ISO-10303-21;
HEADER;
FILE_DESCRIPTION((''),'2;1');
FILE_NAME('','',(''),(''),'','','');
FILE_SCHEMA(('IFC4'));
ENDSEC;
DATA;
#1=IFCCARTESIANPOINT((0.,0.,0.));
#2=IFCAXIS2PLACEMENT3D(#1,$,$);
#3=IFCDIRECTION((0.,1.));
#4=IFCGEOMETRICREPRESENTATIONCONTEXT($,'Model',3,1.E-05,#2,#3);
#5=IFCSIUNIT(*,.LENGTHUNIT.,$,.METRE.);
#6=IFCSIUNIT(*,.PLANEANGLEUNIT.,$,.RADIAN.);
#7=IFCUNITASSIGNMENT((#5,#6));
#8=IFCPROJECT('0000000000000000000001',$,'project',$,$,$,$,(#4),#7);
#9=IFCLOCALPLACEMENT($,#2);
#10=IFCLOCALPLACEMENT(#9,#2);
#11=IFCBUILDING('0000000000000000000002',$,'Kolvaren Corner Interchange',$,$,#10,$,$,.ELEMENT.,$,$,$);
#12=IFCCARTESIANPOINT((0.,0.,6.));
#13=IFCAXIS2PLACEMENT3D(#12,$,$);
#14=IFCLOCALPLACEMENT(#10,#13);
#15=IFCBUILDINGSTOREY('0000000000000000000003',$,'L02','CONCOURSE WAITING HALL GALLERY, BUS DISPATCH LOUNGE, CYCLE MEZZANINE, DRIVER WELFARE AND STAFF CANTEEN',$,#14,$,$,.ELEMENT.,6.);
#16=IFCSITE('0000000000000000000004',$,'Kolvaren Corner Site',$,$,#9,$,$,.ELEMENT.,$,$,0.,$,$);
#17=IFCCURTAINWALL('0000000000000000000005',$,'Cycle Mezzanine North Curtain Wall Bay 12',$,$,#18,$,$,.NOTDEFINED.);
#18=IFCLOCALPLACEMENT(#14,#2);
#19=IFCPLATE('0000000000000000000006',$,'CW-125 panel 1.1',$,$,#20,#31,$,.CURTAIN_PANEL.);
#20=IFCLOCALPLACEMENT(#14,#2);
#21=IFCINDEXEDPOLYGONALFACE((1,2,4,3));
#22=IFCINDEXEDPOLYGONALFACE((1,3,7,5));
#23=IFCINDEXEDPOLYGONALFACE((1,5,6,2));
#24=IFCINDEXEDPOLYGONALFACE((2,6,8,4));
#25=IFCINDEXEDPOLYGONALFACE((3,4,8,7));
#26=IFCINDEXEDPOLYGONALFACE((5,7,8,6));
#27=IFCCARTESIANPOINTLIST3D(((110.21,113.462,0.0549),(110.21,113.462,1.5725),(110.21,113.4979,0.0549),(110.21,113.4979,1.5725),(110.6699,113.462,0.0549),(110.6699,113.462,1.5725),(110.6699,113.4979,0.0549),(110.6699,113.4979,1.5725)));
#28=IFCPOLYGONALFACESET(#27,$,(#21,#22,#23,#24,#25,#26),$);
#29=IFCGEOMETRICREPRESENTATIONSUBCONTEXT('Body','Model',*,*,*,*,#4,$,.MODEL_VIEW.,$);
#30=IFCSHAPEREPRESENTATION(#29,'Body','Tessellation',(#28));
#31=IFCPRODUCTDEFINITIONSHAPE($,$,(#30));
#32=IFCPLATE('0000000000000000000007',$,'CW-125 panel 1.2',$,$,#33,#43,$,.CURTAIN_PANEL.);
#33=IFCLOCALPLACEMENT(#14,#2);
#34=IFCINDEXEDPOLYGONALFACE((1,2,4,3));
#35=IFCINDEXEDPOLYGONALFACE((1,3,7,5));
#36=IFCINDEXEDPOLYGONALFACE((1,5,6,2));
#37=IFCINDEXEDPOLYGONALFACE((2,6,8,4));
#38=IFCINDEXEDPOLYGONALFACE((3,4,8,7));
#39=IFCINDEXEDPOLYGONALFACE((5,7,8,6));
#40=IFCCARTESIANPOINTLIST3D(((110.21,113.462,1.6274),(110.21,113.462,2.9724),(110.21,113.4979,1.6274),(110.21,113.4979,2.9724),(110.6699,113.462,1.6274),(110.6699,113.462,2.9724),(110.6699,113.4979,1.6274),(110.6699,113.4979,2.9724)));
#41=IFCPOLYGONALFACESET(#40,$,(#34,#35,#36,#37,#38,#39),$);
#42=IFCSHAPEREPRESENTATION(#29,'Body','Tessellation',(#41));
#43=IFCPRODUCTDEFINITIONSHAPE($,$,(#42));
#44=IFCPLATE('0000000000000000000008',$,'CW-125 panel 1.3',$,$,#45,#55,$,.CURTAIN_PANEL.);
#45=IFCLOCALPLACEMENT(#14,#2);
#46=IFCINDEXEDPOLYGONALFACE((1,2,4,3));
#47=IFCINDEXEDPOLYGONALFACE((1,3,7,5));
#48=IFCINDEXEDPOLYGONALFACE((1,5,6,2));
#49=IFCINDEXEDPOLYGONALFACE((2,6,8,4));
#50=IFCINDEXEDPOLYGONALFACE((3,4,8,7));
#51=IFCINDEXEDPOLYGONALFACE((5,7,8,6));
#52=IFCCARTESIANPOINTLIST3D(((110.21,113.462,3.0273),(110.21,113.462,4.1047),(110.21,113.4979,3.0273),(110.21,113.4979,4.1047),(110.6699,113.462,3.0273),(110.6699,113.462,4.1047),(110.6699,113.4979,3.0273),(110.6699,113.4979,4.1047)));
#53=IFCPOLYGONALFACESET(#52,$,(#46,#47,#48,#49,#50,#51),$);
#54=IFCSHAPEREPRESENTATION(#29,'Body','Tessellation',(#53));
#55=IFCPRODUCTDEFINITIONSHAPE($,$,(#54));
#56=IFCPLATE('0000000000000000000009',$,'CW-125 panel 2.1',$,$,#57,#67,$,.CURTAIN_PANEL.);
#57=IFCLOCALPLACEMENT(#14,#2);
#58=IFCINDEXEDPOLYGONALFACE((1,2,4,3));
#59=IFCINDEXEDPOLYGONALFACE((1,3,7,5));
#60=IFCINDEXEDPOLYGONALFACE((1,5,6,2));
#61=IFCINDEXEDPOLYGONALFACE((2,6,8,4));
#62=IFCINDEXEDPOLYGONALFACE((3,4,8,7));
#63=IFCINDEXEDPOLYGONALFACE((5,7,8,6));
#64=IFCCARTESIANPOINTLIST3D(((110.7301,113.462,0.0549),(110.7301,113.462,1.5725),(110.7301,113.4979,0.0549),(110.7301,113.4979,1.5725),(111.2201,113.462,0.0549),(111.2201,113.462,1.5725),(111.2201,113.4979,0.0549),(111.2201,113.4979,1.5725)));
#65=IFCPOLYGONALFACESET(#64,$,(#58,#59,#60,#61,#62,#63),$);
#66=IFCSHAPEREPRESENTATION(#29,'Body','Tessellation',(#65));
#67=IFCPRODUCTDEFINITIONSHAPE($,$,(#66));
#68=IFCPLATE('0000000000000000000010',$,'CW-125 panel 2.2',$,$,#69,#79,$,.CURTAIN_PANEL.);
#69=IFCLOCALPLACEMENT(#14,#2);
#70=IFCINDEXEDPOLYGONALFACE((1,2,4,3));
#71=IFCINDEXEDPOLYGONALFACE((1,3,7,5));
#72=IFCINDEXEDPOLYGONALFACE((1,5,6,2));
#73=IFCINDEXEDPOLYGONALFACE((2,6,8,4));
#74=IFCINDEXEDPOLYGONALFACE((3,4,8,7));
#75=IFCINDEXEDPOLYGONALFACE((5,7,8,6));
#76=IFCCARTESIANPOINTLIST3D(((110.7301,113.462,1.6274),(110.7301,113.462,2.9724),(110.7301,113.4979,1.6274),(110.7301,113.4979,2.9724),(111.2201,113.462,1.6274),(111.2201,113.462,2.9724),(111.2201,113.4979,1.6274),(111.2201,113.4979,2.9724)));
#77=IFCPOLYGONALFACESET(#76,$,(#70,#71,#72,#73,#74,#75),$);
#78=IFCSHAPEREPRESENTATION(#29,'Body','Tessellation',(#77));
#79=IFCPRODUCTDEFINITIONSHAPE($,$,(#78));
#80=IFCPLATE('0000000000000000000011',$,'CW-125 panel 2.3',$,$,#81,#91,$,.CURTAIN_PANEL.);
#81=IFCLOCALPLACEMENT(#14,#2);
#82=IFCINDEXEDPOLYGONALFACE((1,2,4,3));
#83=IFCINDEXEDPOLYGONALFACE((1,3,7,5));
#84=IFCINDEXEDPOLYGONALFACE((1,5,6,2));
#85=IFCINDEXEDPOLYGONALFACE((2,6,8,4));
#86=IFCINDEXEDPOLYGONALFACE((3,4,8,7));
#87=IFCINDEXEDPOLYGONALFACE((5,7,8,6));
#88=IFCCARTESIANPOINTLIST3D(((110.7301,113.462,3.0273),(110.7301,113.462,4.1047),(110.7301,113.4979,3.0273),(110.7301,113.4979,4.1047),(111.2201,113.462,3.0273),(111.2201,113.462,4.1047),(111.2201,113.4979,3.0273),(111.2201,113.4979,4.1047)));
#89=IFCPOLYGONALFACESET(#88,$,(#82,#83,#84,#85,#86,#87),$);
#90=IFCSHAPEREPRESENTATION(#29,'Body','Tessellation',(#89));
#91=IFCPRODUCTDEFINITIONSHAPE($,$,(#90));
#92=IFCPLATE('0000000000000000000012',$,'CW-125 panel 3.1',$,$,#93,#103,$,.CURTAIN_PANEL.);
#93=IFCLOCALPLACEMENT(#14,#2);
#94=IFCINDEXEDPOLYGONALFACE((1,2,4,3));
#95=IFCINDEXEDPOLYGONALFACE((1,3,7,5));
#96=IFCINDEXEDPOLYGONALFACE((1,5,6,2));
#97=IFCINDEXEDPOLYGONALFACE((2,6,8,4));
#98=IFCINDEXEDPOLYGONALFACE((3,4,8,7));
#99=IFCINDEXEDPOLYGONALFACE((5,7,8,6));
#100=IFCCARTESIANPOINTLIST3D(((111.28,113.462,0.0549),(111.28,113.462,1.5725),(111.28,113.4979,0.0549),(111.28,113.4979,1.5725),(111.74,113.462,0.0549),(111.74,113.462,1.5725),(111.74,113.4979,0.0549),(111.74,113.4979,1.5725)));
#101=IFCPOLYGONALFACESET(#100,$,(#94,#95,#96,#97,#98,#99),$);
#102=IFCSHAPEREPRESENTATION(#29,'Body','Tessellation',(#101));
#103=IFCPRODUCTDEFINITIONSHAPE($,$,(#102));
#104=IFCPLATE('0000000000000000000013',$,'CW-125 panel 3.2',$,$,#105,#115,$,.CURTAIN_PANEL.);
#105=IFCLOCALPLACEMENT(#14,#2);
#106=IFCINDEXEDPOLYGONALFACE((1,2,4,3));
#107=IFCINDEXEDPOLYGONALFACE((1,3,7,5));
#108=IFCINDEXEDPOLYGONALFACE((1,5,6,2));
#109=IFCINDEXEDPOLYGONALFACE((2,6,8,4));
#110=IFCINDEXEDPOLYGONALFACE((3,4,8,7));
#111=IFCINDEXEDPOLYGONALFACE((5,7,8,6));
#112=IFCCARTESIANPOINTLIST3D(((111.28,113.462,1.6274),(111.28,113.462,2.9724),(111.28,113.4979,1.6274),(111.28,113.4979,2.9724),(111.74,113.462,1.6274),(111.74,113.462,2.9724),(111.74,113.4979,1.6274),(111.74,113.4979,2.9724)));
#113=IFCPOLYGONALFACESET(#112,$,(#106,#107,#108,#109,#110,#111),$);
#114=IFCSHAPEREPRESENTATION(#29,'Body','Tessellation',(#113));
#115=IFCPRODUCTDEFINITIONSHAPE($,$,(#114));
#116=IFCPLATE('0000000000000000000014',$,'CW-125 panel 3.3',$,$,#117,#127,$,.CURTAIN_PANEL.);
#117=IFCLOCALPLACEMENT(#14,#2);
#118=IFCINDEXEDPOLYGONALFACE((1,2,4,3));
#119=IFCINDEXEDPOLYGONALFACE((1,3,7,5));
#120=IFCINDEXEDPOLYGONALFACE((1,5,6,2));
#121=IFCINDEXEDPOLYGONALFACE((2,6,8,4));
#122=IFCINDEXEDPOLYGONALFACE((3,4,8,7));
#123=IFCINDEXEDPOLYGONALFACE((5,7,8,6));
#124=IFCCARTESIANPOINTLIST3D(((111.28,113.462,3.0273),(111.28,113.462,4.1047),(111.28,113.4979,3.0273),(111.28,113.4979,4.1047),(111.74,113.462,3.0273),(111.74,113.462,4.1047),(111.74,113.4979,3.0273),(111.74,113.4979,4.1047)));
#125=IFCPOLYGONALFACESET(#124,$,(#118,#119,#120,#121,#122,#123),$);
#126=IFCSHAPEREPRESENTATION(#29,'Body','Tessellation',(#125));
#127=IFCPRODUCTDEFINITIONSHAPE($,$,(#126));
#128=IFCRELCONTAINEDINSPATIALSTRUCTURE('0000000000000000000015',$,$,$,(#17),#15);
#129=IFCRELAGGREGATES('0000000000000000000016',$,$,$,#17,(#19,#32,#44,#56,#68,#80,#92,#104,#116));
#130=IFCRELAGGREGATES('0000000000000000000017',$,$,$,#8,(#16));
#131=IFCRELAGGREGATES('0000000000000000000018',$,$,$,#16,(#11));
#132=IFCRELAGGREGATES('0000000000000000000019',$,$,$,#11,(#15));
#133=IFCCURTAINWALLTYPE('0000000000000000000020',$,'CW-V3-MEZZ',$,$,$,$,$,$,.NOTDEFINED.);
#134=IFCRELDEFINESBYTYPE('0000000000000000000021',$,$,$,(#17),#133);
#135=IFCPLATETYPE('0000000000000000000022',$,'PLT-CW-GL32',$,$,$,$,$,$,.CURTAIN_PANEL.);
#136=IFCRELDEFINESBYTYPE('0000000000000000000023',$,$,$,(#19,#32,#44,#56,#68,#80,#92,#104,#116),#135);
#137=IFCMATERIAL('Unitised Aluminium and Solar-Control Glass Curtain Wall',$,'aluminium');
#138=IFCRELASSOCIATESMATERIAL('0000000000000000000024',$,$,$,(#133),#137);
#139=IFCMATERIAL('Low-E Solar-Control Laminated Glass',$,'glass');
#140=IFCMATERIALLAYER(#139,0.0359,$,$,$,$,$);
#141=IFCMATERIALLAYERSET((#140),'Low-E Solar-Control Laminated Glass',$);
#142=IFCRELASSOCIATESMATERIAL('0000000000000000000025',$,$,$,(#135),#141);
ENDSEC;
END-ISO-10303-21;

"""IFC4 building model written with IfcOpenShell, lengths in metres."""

from ifc_helpers import new_model, si_unit, direction, frame, origin, origin_2d, place, context, subcontext, project, spatial, rectangle, extrude, material, layer, layer_set, type_object, element, aggregate, save


model = new_model("IFC4")

# Units and contexts
model_context = context("Model", 3, precision=1e-05, world=origin(), true_north=direction((0.0, 1.0)))
body_context = subcontext(model_context, "Body", "Model", "MODEL_VIEW")
ifc_project = project(units=[si_unit("LENGTHUNIT", "METRE"), si_unit("PLANEANGLEUNIT", "RADIAN")], contexts=[model_context])

# Site, building, storey
site_placement = place(None, origin())
site = spatial("IfcSite", under=ifc_project, at=site_placement, Name="Kolvaren Corner Site", CompositionType="ELEMENT", RefElevation=0.0)
building_placement = place(site_placement, origin())
building = spatial("IfcBuilding", under=site, at=building_placement, Name="Kolvaren Corner Interchange", CompositionType="ELEMENT")
storey_placement = place(building_placement, frame((0.0, 0.0, 6.0)))
storey = spatial("IfcBuildingStorey", under=building, at=storey_placement, Name="L02", Description="CONCOURSE WAITING HALL GALLERY, BUS DISPATCH LOUNGE, CYCLE MEZZANINE, DRIVER WELFARE AND STAFF CANTEEN", CompositionType="ELEMENT", Elevation=6.0)

# Curtain wall, plates
ifc_material_1 = material(Name="Unitised Aluminium and Solar-Control Glass Curtain Wall", Category="aluminium")
curtain_wall_type = type_object("IfcCurtainWallType", Name="CW-V3-MEZZ", PredefinedType="NOTDEFINED", material=ifc_material_1)
curtain_wall_placement = place(storey_placement, origin())
curtain_wall = element("IfcCurtainWall", 1, at=curtain_wall_placement, inside=storey, type_object=curtain_wall_type, Name="Cycle Mezzanine North Curtain Wall Bay 12", PredefinedType="NOTDEFINED")
ifc_material_2 = material(Name="Low-E Solar-Control Laminated Glass", Category="glass")
ifc_layer_1 = layer(ifc_material_2, 0.0359)
ifc_layer_set_1 = layer_set([ifc_layer_1], Name="Low-E Solar-Control Laminated Glass")
plate_type = type_object("IfcPlateType", Name="PLT-CW-GL32", PredefinedType="CURTAIN_PANEL", material=ifc_layer_set_1)
plate_1_placement = place(storey_placement, frame((110.4399, 113.48, 0.0549), z_axis=(0.0, 0.0, 1.0), x_axis=(1.0, 0.0, 0.0)))
plate_1 = element("IfcPlate", 2, at=plate_1_placement, type_object=plate_type, Name="CW-125 panel 1.1", PredefinedType="CURTAIN_PANEL", context=body_context, shape_type="SweptSolid", body=[
    extrude(rectangle(XDim=0.46, YDim=0.0359, at=origin_2d()), origin(), (0.0, 0.0, 1.0), 1.5176),
])
plate_2_placement = place(storey_placement, frame((110.4399, 113.48, 1.6274), z_axis=(0.0, 0.0, 1.0), x_axis=(1.0, 0.0, 0.0)))
plate_2 = element("IfcPlate", 3, at=plate_2_placement, type_object=plate_type, Name="CW-125 panel 1.2", PredefinedType="CURTAIN_PANEL", context=body_context, shape_type="SweptSolid", body=[
    extrude(rectangle(XDim=0.46, YDim=0.0359, at=origin_2d()), origin(), (0.0, 0.0, 1.0), 1.345),
])
plate_3_placement = place(storey_placement, frame((110.4399, 113.48, 3.0273), z_axis=(0.0, 0.0, 1.0), x_axis=(1.0, 0.0, 0.0)))
plate_3 = element("IfcPlate", 4, at=plate_3_placement, type_object=plate_type, Name="CW-125 panel 1.3", PredefinedType="CURTAIN_PANEL", context=body_context, shape_type="SweptSolid", body=[
    extrude(rectangle(XDim=0.46, YDim=0.0359, at=origin_2d()), origin(), (0.0, 0.0, 1.0), 1.0774),
])
plate_4_placement = place(storey_placement, frame((110.9751, 113.48, 0.0549), z_axis=(0.0, 0.0, 1.0), x_axis=(1.0, 0.0, 0.0)))
plate_4 = element("IfcPlate", 5, at=plate_4_placement, type_object=plate_type, Name="CW-125 panel 2.1", PredefinedType="CURTAIN_PANEL", context=body_context, shape_type="SweptSolid", body=[
    extrude(rectangle(XDim=0.49, YDim=0.0359, at=origin_2d()), origin(), (0.0, 0.0, 1.0), 1.5176),
])
plate_5_placement = place(storey_placement, frame((110.9751, 113.48, 1.6274), z_axis=(0.0, 0.0, 1.0), x_axis=(1.0, 0.0, 0.0)))
plate_5 = element("IfcPlate", 6, at=plate_5_placement, type_object=plate_type, Name="CW-125 panel 2.2", PredefinedType="CURTAIN_PANEL", context=body_context, shape_type="SweptSolid", body=[
    extrude(rectangle(XDim=0.49, YDim=0.0359, at=origin_2d()), origin(), (0.0, 0.0, 1.0), 1.345),
])
plate_6_placement = place(storey_placement, frame((110.9751, 113.48, 3.0273), z_axis=(0.0, 0.0, 1.0), x_axis=(1.0, 0.0, 0.0)))
plate_6 = element("IfcPlate", 7, at=plate_6_placement, type_object=plate_type, Name="CW-125 panel 2.3", PredefinedType="CURTAIN_PANEL", context=body_context, shape_type="SweptSolid", body=[
    extrude(rectangle(XDim=0.49, YDim=0.0359, at=origin_2d()), origin(), (0.0, 0.0, 1.0), 1.0774),
])
plate_7_placement = place(storey_placement, frame((111.51, 113.48, 0.0549), z_axis=(0.0, 0.0, 1.0), x_axis=(1.0, 0.0, 0.0)))
plate_7 = element("IfcPlate", 8, at=plate_7_placement, type_object=plate_type, Name="CW-125 panel 3.1", PredefinedType="CURTAIN_PANEL", context=body_context, shape_type="SweptSolid", body=[
    extrude(rectangle(XDim=0.46, YDim=0.0359, at=origin_2d()), origin(), (0.0, 0.0, 1.0), 1.5176),
])
plate_8_placement = place(storey_placement, frame((111.51, 113.48, 1.6274), z_axis=(0.0, 0.0, 1.0), x_axis=(1.0, 0.0, 0.0)))
plate_8 = element("IfcPlate", 9, at=plate_8_placement, type_object=plate_type, Name="CW-125 panel 3.2", PredefinedType="CURTAIN_PANEL", context=body_context, shape_type="SweptSolid", body=[
    extrude(rectangle(XDim=0.46, YDim=0.0359, at=origin_2d()), origin(), (0.0, 0.0, 1.0), 1.345),
])
plate_9_placement = place(storey_placement, frame((111.51, 113.48, 3.0273), z_axis=(0.0, 0.0, 1.0), x_axis=(1.0, 0.0, 0.0)))
plate_9 = element("IfcPlate", 10, at=plate_9_placement, type_object=plate_type, Name="CW-125 panel 3.3", PredefinedType="CURTAIN_PANEL", context=body_context, shape_type="SweptSolid", body=[
    extrude(rectangle(XDim=0.46, YDim=0.0359, at=origin_2d()), origin(), (0.0, 0.0, 1.0), 1.0774),
])
aggregate(curtain_wall, [plate_1, plate_2, plate_3, plate_4, plate_5, plate_6, plate_7, plate_8, plate_9])

save(model, "model.ifc")
